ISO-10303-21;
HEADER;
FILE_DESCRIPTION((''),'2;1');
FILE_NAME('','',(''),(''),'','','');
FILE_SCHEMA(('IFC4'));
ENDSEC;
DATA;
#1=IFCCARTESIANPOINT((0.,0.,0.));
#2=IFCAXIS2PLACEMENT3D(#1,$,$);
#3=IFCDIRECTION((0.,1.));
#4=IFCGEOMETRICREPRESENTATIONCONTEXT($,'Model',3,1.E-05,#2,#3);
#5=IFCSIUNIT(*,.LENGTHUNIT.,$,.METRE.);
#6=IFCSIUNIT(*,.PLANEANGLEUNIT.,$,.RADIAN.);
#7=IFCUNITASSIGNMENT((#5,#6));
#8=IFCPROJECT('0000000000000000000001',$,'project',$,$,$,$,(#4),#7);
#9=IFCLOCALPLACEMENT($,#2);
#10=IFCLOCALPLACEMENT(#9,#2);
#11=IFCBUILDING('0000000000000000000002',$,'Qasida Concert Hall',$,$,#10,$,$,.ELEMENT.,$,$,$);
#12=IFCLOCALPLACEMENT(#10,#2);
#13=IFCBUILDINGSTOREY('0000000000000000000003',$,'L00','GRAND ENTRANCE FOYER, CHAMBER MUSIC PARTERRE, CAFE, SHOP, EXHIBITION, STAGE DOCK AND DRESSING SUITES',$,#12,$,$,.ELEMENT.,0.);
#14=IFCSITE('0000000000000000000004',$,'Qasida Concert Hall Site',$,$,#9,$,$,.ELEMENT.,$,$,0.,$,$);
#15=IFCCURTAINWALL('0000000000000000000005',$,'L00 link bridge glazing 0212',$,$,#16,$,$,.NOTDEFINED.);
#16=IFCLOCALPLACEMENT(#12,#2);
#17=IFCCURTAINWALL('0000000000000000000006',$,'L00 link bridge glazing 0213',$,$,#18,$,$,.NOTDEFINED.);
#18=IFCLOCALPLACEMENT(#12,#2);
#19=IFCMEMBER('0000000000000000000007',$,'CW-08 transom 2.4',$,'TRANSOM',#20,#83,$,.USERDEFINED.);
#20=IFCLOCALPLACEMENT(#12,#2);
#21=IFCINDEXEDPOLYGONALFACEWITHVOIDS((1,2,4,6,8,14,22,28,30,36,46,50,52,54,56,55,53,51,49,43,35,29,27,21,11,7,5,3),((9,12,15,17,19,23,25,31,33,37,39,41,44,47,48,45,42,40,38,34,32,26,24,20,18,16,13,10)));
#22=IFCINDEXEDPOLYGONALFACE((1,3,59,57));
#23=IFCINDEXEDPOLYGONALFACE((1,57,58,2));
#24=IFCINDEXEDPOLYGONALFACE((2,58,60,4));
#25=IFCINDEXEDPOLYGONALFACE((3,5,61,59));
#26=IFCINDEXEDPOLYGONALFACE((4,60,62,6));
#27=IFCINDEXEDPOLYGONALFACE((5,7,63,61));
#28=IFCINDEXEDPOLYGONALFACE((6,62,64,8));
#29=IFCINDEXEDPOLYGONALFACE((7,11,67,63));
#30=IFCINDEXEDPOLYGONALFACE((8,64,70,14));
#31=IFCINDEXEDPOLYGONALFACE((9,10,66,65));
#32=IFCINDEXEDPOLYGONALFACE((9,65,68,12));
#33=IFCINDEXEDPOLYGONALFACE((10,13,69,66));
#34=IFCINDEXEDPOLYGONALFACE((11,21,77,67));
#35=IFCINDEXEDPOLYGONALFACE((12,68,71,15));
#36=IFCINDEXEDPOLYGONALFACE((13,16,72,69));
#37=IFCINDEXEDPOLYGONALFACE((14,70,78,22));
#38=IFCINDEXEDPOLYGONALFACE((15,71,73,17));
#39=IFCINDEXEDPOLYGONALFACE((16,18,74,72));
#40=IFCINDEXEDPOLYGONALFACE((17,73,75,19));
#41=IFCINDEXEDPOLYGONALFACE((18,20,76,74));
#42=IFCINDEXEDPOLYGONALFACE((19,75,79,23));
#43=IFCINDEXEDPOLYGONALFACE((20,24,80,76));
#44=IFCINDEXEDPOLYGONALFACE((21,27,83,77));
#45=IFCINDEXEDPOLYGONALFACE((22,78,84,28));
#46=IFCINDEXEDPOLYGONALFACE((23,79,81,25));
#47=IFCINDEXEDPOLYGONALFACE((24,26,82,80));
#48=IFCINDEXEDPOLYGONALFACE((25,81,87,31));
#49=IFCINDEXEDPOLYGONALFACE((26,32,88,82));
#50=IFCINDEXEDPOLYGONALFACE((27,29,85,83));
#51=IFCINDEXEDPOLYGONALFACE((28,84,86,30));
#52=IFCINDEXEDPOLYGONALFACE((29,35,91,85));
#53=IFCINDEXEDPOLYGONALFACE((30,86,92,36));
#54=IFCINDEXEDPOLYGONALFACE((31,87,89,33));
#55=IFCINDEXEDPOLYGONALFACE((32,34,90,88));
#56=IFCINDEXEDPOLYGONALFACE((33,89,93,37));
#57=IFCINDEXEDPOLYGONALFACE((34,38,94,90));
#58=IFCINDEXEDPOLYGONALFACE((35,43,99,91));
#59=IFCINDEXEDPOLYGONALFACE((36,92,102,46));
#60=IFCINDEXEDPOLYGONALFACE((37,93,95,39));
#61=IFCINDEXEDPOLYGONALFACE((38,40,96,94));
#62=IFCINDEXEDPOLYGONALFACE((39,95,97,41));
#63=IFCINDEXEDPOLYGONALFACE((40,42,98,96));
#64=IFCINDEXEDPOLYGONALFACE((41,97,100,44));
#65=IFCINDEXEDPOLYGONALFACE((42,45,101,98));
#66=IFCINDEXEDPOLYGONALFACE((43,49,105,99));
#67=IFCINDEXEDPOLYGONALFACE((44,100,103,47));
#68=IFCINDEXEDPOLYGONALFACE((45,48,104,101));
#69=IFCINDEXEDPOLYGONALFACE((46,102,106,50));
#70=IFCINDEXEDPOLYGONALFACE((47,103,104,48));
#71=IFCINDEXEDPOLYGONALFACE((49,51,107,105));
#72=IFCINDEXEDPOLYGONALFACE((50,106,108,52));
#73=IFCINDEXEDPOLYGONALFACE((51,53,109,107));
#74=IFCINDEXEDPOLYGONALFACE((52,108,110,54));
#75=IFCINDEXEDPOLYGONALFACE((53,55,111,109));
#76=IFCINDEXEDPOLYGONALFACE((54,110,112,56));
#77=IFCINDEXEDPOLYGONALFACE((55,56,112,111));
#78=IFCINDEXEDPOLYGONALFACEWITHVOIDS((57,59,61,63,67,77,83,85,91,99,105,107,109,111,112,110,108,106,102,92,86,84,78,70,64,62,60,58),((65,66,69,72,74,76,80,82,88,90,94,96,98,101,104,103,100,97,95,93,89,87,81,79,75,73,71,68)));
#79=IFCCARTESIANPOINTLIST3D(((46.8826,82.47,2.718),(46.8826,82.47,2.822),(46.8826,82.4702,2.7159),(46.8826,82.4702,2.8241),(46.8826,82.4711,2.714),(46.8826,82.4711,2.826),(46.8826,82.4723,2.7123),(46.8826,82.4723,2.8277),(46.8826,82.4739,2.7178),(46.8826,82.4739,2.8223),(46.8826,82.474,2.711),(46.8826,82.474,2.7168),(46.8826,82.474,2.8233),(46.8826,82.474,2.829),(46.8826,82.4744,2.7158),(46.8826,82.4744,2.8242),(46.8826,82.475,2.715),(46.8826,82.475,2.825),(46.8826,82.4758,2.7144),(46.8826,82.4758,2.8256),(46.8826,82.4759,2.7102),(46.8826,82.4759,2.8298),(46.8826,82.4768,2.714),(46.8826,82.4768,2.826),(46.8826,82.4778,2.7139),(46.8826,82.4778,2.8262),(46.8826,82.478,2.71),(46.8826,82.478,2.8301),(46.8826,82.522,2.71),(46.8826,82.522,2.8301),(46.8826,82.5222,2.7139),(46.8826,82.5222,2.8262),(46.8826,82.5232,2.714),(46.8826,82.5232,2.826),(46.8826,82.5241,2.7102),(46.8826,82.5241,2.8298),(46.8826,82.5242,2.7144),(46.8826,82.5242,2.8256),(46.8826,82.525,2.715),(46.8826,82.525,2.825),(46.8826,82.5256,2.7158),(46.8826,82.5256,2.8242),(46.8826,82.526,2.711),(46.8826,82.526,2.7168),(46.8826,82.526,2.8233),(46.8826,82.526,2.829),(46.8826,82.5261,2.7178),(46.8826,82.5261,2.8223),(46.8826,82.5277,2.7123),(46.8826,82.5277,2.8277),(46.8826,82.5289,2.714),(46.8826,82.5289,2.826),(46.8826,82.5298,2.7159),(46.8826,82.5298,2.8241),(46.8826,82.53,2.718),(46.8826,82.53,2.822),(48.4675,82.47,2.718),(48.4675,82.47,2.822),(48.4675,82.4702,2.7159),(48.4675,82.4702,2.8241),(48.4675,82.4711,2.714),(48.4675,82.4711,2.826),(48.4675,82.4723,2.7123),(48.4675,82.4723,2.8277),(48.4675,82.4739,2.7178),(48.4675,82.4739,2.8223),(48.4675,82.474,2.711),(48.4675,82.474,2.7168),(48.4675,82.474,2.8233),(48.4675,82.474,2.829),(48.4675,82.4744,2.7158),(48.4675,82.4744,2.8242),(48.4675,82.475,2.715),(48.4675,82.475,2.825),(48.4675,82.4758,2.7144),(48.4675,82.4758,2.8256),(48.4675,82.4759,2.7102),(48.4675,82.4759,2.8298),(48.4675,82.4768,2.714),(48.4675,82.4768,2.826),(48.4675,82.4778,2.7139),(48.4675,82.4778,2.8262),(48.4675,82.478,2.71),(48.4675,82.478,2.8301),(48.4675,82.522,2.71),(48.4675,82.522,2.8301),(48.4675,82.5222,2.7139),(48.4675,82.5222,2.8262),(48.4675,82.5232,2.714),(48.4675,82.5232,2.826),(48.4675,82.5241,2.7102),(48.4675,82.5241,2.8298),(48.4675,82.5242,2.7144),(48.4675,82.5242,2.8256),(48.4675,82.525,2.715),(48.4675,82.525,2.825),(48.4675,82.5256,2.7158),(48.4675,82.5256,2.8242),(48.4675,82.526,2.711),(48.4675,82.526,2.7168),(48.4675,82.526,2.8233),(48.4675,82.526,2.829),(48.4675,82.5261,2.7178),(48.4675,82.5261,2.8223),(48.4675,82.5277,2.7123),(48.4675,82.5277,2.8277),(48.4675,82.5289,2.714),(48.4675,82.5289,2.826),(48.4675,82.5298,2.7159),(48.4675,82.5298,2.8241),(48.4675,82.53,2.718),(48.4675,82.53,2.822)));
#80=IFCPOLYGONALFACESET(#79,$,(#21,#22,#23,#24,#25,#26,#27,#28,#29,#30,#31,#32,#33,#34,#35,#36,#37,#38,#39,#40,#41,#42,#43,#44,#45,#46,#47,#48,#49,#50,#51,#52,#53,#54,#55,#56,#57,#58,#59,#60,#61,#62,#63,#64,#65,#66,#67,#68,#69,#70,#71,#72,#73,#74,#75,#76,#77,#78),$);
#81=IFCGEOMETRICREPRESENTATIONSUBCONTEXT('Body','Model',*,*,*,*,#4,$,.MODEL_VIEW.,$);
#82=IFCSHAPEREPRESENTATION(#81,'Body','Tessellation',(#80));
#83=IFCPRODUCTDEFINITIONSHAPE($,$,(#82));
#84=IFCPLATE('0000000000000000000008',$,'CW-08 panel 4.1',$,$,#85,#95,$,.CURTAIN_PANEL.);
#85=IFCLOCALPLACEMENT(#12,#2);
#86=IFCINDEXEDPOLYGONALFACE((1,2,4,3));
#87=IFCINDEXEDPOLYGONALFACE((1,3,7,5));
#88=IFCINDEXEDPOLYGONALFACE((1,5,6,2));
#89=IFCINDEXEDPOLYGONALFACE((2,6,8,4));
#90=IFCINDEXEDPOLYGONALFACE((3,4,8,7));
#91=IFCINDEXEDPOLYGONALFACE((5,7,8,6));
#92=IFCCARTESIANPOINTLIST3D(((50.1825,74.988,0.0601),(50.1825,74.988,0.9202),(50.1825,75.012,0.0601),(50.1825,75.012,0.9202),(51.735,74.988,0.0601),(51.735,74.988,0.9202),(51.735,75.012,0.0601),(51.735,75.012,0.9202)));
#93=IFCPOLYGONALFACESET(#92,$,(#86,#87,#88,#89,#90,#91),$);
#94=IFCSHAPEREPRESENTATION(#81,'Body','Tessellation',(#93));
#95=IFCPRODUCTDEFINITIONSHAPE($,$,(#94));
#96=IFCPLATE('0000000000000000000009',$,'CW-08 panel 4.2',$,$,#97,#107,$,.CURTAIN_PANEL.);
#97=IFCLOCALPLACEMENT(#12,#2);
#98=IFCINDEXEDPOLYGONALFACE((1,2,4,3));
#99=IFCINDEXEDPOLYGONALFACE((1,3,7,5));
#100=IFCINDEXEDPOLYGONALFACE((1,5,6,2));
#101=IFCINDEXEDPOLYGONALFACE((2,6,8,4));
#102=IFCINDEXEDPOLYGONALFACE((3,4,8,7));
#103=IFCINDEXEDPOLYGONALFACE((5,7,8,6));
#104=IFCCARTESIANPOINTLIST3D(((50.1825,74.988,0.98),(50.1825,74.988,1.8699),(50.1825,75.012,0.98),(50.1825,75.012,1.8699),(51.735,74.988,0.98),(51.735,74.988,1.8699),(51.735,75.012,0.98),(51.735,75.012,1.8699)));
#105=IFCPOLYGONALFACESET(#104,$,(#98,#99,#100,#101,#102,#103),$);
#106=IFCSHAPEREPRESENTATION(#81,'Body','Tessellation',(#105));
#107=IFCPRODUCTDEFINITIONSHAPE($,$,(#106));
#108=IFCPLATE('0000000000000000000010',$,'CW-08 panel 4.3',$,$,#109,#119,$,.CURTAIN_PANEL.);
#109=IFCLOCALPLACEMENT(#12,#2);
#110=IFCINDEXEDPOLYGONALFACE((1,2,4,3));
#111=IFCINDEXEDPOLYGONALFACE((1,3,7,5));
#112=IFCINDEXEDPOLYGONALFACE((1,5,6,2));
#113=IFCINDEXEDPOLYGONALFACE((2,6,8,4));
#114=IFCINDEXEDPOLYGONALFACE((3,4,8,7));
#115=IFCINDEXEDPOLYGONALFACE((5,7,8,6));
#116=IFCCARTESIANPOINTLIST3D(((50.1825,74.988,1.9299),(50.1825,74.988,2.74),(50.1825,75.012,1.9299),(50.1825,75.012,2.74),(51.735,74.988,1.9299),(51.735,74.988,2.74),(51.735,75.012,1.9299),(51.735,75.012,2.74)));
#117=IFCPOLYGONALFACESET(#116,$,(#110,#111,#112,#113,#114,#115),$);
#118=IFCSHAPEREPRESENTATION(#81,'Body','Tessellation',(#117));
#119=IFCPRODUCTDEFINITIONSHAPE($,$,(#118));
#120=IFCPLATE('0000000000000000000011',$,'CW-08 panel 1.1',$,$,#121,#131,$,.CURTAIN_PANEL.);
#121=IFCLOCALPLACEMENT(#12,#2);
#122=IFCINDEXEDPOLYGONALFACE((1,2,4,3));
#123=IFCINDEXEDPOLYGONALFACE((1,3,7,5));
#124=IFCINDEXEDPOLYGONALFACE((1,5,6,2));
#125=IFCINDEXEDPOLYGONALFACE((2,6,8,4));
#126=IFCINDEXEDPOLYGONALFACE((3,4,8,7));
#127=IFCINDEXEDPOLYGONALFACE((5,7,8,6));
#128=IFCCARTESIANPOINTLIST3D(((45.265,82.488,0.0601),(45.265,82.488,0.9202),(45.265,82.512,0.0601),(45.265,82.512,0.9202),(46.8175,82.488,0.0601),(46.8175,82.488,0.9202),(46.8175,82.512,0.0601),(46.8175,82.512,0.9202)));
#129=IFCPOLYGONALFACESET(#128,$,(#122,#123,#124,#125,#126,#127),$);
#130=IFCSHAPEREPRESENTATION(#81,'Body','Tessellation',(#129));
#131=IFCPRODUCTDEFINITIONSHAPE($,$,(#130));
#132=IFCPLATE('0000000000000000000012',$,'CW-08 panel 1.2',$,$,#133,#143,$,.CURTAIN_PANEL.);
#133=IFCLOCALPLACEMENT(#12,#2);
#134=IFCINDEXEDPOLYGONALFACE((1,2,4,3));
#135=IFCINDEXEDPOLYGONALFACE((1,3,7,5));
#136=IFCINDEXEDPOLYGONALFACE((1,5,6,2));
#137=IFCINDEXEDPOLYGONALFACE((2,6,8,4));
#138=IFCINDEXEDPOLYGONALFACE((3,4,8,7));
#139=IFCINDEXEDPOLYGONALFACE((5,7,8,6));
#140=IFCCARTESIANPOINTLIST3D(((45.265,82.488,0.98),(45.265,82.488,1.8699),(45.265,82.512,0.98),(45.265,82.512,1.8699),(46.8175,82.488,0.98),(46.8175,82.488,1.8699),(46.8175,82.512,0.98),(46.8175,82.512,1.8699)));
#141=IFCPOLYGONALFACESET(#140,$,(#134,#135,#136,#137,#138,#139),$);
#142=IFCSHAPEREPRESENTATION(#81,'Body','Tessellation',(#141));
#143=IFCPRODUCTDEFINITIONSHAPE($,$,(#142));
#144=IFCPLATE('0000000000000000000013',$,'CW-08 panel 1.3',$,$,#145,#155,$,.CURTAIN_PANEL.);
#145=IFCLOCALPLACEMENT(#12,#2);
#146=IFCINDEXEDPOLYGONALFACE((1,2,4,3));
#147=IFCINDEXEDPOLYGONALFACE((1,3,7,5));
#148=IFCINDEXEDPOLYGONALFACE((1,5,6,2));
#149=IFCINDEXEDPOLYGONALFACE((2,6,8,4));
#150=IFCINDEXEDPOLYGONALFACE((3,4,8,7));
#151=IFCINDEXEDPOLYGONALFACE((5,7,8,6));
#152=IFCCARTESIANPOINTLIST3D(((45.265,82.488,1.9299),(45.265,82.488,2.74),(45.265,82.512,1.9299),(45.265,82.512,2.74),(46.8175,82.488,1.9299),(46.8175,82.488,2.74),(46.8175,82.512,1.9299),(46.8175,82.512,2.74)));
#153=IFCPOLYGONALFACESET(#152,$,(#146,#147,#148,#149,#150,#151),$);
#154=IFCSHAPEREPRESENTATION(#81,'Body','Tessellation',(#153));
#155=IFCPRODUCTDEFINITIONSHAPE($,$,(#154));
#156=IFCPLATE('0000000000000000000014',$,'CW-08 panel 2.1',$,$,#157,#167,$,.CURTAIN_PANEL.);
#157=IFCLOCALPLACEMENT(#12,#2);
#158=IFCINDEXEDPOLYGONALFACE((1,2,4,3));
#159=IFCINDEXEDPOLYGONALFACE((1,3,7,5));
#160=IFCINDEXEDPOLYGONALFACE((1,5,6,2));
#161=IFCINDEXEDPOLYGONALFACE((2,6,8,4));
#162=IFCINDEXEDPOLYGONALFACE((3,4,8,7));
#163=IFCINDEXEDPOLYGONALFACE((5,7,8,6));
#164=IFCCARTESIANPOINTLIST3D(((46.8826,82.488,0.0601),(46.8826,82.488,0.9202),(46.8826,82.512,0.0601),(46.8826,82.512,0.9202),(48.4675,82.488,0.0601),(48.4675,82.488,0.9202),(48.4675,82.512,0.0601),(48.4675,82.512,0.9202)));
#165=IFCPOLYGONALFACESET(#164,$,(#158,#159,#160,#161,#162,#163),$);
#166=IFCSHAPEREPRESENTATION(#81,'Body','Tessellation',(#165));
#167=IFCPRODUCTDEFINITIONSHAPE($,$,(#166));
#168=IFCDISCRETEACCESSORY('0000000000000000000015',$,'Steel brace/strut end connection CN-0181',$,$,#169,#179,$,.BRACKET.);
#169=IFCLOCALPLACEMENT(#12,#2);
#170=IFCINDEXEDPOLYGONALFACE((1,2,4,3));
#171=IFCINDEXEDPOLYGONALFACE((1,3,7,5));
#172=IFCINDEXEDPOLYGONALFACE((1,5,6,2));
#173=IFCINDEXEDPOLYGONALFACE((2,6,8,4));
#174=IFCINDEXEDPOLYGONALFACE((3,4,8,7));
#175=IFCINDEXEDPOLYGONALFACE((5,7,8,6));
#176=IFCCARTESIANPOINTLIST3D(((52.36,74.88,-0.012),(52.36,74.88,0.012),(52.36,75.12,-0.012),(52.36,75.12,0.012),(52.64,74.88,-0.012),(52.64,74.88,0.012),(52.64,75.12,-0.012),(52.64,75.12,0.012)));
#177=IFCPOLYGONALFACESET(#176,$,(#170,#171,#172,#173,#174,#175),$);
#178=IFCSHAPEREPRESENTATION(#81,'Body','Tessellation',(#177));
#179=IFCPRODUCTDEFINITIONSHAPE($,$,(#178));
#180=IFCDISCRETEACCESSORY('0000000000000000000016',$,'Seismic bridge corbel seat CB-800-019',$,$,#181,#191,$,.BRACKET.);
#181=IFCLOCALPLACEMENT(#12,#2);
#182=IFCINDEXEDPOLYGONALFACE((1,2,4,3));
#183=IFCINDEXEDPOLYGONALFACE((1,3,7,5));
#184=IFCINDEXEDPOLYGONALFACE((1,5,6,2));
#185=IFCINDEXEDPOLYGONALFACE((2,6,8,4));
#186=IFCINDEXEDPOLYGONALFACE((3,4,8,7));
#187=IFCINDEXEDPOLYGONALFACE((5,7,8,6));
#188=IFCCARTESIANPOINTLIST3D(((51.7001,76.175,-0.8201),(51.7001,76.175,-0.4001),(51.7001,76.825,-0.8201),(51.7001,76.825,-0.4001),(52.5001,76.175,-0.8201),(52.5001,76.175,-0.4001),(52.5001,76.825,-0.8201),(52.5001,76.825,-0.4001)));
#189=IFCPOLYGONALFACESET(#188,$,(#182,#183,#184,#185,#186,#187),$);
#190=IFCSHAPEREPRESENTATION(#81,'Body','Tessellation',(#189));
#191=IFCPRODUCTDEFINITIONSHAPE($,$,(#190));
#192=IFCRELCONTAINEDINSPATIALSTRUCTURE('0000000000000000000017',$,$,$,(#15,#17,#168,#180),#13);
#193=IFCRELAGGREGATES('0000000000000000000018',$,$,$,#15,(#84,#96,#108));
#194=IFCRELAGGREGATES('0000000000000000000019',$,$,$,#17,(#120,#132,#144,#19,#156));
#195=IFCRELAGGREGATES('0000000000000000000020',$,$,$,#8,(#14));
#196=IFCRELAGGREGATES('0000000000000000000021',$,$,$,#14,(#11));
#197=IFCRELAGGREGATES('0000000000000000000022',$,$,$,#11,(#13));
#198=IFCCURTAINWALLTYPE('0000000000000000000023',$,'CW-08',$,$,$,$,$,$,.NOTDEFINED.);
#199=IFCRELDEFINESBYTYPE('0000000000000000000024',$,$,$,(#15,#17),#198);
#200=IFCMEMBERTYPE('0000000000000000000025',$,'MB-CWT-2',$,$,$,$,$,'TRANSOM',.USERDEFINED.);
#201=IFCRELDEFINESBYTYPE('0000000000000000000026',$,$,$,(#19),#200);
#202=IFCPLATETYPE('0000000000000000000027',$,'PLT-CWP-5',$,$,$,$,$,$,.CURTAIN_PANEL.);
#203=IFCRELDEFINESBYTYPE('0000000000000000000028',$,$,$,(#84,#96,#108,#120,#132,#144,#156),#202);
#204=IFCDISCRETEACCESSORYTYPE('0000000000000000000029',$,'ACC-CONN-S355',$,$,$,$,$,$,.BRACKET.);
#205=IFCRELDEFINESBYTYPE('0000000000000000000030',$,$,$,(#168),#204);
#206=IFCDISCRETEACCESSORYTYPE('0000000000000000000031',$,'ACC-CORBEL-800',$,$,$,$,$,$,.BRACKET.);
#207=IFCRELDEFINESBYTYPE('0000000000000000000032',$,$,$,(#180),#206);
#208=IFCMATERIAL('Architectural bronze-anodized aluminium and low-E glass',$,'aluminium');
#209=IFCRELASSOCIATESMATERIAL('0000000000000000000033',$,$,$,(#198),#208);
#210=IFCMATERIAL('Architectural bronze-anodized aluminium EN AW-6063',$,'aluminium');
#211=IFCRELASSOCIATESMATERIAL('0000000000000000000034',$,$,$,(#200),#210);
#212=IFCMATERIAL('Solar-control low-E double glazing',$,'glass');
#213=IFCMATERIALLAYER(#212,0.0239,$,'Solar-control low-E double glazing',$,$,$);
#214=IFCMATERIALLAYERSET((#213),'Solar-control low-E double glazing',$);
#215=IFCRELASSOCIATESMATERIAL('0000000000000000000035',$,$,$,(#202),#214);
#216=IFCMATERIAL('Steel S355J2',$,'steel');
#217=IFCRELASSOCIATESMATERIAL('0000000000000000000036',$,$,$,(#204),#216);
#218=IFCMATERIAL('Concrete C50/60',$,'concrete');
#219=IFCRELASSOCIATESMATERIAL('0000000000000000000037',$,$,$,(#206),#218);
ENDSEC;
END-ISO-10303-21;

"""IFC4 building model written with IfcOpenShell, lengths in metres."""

from ifc_helpers import new_model, si_unit, direction, frame, origin, origin_2d, place, context, subcontext, project, spatial, rectangle, hollow_rectangle, extrude, material, layer, layer_set, material_profile, profile_set, type_object, element, aggregate, save


model = new_model("IFC4")

# Units and contexts
model_context = context("Model", 3, precision=1e-05, world=origin(), true_north=direction((0.0, 1.0)))
body_context = subcontext(model_context, "Body", "Model", "MODEL_VIEW")
ifc_project = project(units=[si_unit("LENGTHUNIT", "METRE"), si_unit("PLANEANGLEUNIT", "RADIAN")], contexts=[model_context])

# Site, building, storey
site_placement = place(None, origin())
site = spatial("IfcSite", under=ifc_project, at=site_placement, Name="Qasida Concert Hall Site", CompositionType="ELEMENT", RefElevation=0.0)
building_placement = place(site_placement, origin())
building = spatial("IfcBuilding", under=site, at=building_placement, Name="Qasida Concert Hall", CompositionType="ELEMENT")
storey_placement = place(building_placement, origin())
storey = spatial("IfcBuildingStorey", under=building, at=storey_placement, Name="L00", Description="GRAND ENTRANCE FOYER, CHAMBER MUSIC PARTERRE, CAFE, SHOP, EXHIBITION, STAGE DOCK AND DRESSING SUITES", CompositionType="ELEMENT", Elevation=0.0)

# Shared definitions
ifc_material_1 = material(Name="Concrete C50/60", Category="concrete")

# Shared definitions
ifc_material_2 = material(Name="Steel S355J2", Category="steel")

# Curtain walls
ifc_material_3 = material(Name="Architectural bronze-anodized aluminium and low-E glass", Category="aluminium")
curtain_wall_type = type_object("IfcCurtainWallType", Name="CW-08", PredefinedType="NOTDEFINED", material=ifc_material_3)
curtain_wall_1_placement = place(storey_placement, origin())
curtain_wall_1 = element("IfcCurtainWall", 1, at=curtain_wall_1_placement, inside=storey, type_object=curtain_wall_type, Name="L00 link bridge glazing 0212", PredefinedType="NOTDEFINED")
ifc_material_4 = material(Name="Architectural bronze-anodized aluminium EN AW-6063", Category="aluminium")
curtain_wall_2_placement = place(storey_placement, origin())
curtain_wall_2 = element("IfcCurtainWall", 2, at=curtain_wall_2_placement, inside=storey, type_object=curtain_wall_type, Name="L00 link bridge glazing 0213", PredefinedType="NOTDEFINED")

# Member
ifc_material_profile_1 = material_profile(ifc_material_4, hollow_rectangle(XDim=0.0601, YDim=0.1201, WallThickness=0.0039, InnerFilletRadius=0.0039, OuterFilletRadius=0.0081, at=origin_2d()), Name="CWT 120x60x4")
ifc_profile_set_1 = profile_set([ifc_material_profile_1], Name="Architectural bronze-anodized aluminium EN AW-6063")
member_type_1 = type_object("IfcMemberType", Name="MB-CWT-2", ElementType="TRANSOM", PredefinedType="USERDEFINED", material=ifc_profile_set_1)
member_1_placement = place(storey_placement, frame((46.8826, 82.5, 2.77), z_axis=(1.0, 0.0, 0.0), x_axis=(0.0, 1.0, 0.0)))
member_1 = element("IfcMember", 3, at=member_1_placement, type_object=member_type_1, Name="CW-08 transom 2.4", ObjectType="TRANSOM", PredefinedType="USERDEFINED", context=body_context, shape_type="SweptSolid", body=[
    extrude(hollow_rectangle(XDim=0.0601, YDim=0.1201, WallThickness=0.0039, InnerFilletRadius=0.0039, OuterFilletRadius=0.0081, at=origin_2d()), origin(), (0.0, 0.0, 1.0), 1.585),
])

# Plates
ifc_material_5 = material(Name="Solar-control low-E double glazing", Category="glass")
ifc_layer = layer(ifc_material_5, 0.0239, Name="Solar-control low-E double glazing")
ifc_layer_set = layer_set([ifc_layer], Name="Solar-control low-E double glazing")
plate_type = type_object("IfcPlateType", Name="PLT-CWP-5", PredefinedType="CURTAIN_PANEL", material=ifc_layer_set)
plate_1_placement = place(storey_placement, frame((50.9587, 75.0, 0.0601), z_axis=(0.0, 0.0, 1.0), x_axis=(1.0, 0.0, 0.0)))
plate_1 = element("IfcPlate", 4, at=plate_1_placement, type_object=plate_type, Name="CW-08 panel 4.1", PredefinedType="CURTAIN_PANEL", context=body_context, shape_type="SweptSolid", body=[
    extrude(rectangle(XDim=1.5525, YDim=0.0239, at=origin_2d()), origin(), (0.0, 0.0, 1.0), 0.8601),
])
plate_2_placement = place(storey_placement, frame((50.9587, 75.0, 0.98), z_axis=(0.0, 0.0, 1.0), x_axis=(1.0, 0.0, 0.0)))
plate_2 = element("IfcPlate", 5, at=plate_2_placement, type_object=plate_type, Name="CW-08 panel 4.2", PredefinedType="CURTAIN_PANEL", context=body_context, shape_type="SweptSolid", body=[
    extrude(rectangle(XDim=1.5525, YDim=0.0239, at=origin_2d()), origin(), (0.0, 0.0, 1.0), 0.8899),
])
plate_3_placement = place(storey_placement, frame((50.9587, 75.0, 1.9299), z_axis=(0.0, 0.0, 1.0), x_axis=(1.0, 0.0, 0.0)))
plate_3 = element("IfcPlate", 6, at=plate_3_placement, type_object=plate_type, Name="CW-08 panel 4.3", PredefinedType="CURTAIN_PANEL", context=body_context, shape_type="SweptSolid", body=[
    extrude(rectangle(XDim=1.5525, YDim=0.0239, at=origin_2d()), origin(), (0.0, 0.0, 1.0), 0.8101),
])
aggregate(curtain_wall_1, [plate_1, plate_2, plate_3])
plate_4_placement = place(storey_placement, frame((46.0413, 82.5, 0.0601), z_axis=(0.0, 0.0, 1.0), x_axis=(1.0, 0.0, 0.0)))
plate_4 = element("IfcPlate", 7, at=plate_4_placement, type_object=plate_type, Name="CW-08 panel 1.1", PredefinedType="CURTAIN_PANEL", context=body_context, shape_type="SweptSolid", body=[
    extrude(rectangle(XDim=1.5525, YDim=0.0239, at=origin_2d()), origin(), (0.0, 0.0, 1.0), 0.8601),
])
plate_5_placement = place(storey_placement, frame((46.0413, 82.5, 0.98), z_axis=(0.0, 0.0, 1.0), x_axis=(1.0, 0.0, 0.0)))
plate_5 = element("IfcPlate", 8, at=plate_5_placement, type_object=plate_type, Name="CW-08 panel 1.2", PredefinedType="CURTAIN_PANEL", context=body_context, shape_type="SweptSolid", body=[
    extrude(rectangle(XDim=1.5525, YDim=0.0239, at=origin_2d()), origin(), (0.0, 0.0, 1.0), 0.8899),
])
plate_6_placement = place(storey_placement, frame((46.0413, 82.5, 1.9299), z_axis=(0.0, 0.0, 1.0), x_axis=(1.0, 0.0, 0.0)))
plate_6 = element("IfcPlate", 9, at=plate_6_placement, type_object=plate_type, Name="CW-08 panel 1.3", PredefinedType="CURTAIN_PANEL", context=body_context, shape_type="SweptSolid", body=[
    extrude(rectangle(XDim=1.5525, YDim=0.0239, at=origin_2d()), origin(), (0.0, 0.0, 1.0), 0.8101),
])
plate_7_placement = place(storey_placement, frame((47.675, 82.5, 0.0601), z_axis=(0.0, 0.0, 1.0), x_axis=(1.0, 0.0, 0.0)))
plate_7 = element("IfcPlate", 10, at=plate_7_placement, type_object=plate_type, Name="CW-08 panel 2.1", PredefinedType="CURTAIN_PANEL", context=body_context, shape_type="SweptSolid", body=[
    extrude(rectangle(XDim=1.585, YDim=0.0239, at=origin_2d()), origin(), (0.0, 0.0, 1.0), 0.8601),
])
aggregate(curtain_wall_2, [plate_4, plate_5, plate_6, member_1, plate_7])

# Discrete accessories
discrete_accessory_type_1 = type_object("IfcDiscreteAccessoryType", Name="ACC-CONN-S355", PredefinedType="BRACKET", material=ifc_material_2)
discrete_accessory_placement = place(storey_placement, frame((52.5, 75.0, -0.012), z_axis=(0.0, 0.0, 1.0), x_axis=(1.0, 0.0, 0.0)))
element("IfcDiscreteAccessory", 11, at=discrete_accessory_placement, inside=storey, type_object=discrete_accessory_type_1, Name="Steel brace/strut end connection CN-0181", PredefinedType="BRACKET", context=body_context, shape_type="SweptSolid", body=[
    extrude(rectangle(XDim=0.28, YDim=0.24, at=origin_2d()), origin(), (0.0, 0.0, 1.0), 0.0239),
])
discrete_accessory_type_2 = type_object("IfcDiscreteAccessoryType", Name="ACC-CORBEL-800", PredefinedType="BRACKET", material=ifc_material_1)
for number, where, z_axis, x_axis, name in (
    (12, (52.1001, 76.5, -0.8201), (0.0, 0.0, 1.0), (1.0, 0.0, 0.0), "Seismic bridge corbel seat CB-800-019"),
):
    element("IfcDiscreteAccessory", number, at=place(storey_placement, frame(where, z_axis=z_axis, x_axis=x_axis)), inside=storey, type_object=discrete_accessory_type_2, Name=name, PredefinedType="BRACKET", context=body_context, shape_type="SweptSolid", body=[
        extrude(rectangle(XDim=0.8, YDim=0.6499, at=origin_2d()), origin(), (0.0, 0.0, 1.0), 0.4199),
    ])

save(model, "model.ifc")
